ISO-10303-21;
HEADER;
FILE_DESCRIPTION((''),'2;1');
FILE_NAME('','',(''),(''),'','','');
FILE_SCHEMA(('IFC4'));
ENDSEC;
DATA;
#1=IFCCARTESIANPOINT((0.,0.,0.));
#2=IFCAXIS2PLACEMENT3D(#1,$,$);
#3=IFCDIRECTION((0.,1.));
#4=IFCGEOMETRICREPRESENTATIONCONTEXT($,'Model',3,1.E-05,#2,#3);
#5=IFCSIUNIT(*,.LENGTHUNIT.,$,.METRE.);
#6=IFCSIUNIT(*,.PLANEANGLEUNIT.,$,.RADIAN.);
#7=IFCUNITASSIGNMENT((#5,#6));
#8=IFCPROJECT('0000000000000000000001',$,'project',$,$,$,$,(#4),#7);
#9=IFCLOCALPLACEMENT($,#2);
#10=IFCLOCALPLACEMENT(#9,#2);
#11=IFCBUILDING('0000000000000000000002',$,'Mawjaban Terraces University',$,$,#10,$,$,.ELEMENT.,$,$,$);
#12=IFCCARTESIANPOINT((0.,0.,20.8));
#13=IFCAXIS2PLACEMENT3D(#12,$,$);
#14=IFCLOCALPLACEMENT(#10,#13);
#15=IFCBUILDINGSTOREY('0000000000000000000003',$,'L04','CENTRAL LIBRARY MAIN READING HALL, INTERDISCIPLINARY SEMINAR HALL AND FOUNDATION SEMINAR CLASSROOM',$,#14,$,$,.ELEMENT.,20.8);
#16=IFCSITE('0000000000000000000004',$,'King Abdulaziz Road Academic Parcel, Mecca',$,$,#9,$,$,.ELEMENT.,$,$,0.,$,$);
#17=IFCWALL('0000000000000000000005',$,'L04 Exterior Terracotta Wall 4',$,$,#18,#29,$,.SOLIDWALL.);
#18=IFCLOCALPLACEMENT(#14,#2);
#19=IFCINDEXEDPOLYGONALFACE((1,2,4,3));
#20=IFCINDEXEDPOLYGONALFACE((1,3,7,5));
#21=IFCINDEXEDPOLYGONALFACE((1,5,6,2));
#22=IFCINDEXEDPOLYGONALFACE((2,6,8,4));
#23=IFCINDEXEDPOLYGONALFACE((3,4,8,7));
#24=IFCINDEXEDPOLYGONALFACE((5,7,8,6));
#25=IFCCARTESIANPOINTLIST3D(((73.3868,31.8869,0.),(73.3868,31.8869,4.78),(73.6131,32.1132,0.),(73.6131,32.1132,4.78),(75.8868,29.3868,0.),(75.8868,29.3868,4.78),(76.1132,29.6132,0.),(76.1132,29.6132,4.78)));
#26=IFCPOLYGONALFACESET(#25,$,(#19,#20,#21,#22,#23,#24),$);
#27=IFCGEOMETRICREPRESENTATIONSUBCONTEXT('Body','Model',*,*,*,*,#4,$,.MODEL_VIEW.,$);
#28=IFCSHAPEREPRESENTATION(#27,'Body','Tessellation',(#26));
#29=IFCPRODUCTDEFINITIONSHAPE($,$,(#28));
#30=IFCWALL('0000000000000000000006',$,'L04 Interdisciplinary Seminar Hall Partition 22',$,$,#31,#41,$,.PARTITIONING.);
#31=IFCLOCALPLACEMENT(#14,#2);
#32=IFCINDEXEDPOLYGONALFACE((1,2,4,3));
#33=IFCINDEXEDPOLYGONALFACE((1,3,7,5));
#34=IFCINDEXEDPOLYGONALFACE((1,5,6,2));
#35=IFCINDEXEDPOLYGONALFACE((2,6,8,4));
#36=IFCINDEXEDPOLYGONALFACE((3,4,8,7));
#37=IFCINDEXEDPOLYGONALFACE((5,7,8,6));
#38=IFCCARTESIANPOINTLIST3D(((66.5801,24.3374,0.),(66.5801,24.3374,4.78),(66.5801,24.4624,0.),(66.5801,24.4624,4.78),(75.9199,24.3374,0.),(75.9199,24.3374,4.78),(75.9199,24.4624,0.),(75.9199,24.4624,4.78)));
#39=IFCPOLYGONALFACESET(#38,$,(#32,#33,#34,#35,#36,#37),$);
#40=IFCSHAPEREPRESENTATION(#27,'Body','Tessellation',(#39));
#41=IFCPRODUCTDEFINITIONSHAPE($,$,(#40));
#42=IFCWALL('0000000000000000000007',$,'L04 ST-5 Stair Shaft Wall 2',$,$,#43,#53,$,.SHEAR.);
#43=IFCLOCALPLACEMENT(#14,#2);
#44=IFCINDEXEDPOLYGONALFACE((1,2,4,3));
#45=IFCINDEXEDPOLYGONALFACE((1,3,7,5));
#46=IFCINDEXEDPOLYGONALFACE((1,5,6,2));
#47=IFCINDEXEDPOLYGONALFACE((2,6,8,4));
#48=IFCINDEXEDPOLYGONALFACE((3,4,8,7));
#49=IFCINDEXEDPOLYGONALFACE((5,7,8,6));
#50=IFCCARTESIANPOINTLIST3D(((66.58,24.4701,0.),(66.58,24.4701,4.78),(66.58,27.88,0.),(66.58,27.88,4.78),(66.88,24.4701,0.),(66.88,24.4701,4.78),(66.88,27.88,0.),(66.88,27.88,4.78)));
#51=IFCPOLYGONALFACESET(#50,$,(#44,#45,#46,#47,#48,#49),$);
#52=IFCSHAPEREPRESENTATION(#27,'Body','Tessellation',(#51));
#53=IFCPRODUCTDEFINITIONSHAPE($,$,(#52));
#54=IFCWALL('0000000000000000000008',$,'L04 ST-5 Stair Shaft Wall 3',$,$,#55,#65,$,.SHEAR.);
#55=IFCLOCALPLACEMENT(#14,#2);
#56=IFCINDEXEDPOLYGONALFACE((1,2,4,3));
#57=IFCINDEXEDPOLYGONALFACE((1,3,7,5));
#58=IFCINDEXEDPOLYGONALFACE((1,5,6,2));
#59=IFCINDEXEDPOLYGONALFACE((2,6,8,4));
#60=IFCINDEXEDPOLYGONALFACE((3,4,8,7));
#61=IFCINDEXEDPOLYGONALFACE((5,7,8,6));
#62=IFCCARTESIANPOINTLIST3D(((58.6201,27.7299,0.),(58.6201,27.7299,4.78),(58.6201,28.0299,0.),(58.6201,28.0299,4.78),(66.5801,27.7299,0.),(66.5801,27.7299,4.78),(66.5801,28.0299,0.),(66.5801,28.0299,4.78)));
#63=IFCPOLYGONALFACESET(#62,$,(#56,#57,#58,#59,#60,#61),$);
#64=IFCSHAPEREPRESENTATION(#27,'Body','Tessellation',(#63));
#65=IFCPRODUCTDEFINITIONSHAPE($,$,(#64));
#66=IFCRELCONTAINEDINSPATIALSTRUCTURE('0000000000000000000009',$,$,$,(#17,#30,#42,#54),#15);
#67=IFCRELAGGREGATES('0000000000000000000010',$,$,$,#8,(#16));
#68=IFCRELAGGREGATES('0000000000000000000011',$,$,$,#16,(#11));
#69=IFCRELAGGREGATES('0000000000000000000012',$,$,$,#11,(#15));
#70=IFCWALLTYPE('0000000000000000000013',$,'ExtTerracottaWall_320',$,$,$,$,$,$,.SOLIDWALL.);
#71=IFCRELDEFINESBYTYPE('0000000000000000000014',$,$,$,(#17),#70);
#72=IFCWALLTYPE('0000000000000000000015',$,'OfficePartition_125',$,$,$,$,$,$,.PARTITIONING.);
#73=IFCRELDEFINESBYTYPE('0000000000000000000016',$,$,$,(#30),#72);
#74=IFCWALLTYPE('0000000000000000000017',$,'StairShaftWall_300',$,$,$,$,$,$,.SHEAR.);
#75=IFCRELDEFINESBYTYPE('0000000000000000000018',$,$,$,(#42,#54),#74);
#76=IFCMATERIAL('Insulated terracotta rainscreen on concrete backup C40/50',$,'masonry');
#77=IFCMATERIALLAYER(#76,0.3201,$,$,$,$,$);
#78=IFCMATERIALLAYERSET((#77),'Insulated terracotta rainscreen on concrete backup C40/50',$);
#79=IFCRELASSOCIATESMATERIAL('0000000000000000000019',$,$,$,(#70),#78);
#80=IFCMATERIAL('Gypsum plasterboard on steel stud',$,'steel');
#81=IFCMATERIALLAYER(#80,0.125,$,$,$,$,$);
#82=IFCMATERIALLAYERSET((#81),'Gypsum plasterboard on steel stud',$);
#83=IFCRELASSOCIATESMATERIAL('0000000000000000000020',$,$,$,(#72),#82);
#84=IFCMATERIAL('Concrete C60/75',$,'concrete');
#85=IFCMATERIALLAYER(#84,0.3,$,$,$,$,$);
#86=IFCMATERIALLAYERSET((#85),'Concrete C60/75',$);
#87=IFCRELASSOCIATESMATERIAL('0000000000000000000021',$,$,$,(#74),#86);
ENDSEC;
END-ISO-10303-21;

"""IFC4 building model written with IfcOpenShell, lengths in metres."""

from ifc_helpers import new_model, si_unit, direction, frame, frame_2d, origin, place, context, subcontext, project, spatial, rectangle, extrude, material, layer, layer_set, type_object, element, save


model = new_model("IFC4")

# Units and contexts
model_context = context("Model", 3, precision=1e-05, world=origin(), true_north=direction((0.0, 1.0)))
body_context = subcontext(model_context, "Body", "Model", "MODEL_VIEW")
ifc_project = project(units=[si_unit("LENGTHUNIT", "METRE"), si_unit("PLANEANGLEUNIT", "RADIAN")], contexts=[model_context])

# Site, building, storey
site_placement = place(None, origin())
site = spatial("IfcSite", under=ifc_project, at=site_placement, Name="King Abdulaziz Road Academic Parcel, Mecca", CompositionType="ELEMENT", RefElevation=0.0)
building_placement = place(site_placement, origin())
building = spatial("IfcBuilding", under=site, at=building_placement, Name="Mawjaban Terraces University", CompositionType="ELEMENT")
storey_placement = place(building_placement, frame((0.0, 0.0, 20.8)))
storey = spatial("IfcBuildingStorey", under=building, at=storey_placement, Name="L04", Description="CENTRAL LIBRARY MAIN READING HALL, INTERDISCIPLINARY SEMINAR HALL AND FOUNDATION SEMINAR CLASSROOM", CompositionType="ELEMENT", Elevation=20.8)

# Walls
ifc_material_1 = material(Name="Insulated terracotta rainscreen on concrete backup C40/50", Category="masonry")
ifc_layer_1 = layer(ifc_material_1, 0.3201)
ifc_layer_set_1 = layer_set([ifc_layer_1], Name="Insulated terracotta rainscreen on concrete backup C40/50")
wall_type_1 = type_object("IfcWallType", Name="ExtTerracottaWall_320", PredefinedType="SOLIDWALL", material=ifc_layer_set_1)
wall_1_placement = place(storey_placement, frame((76.0, 29.5, 0.0), z_axis=(0.0, 0.0, 1.0), x_axis=(-0.707107, 0.707107, 0.0)))
element("IfcWall", 1, at=wall_1_placement, inside=storey, type_object=wall_type_1, Name="L04 Exterior Terracotta Wall 4", PredefinedType="SOLIDWALL", context=body_context, shape_type="SweptSolid", body=[
    extrude(rectangle(XDim=3.5356, YDim=0.3201, at=frame_2d((1.7678, 0.0))), origin(), (0.0, 0.0, 1.0), 4.78),
])
ifc_material_2 = material(Name="Gypsum plasterboard on steel stud", Category="steel")
ifc_layer_2 = layer(ifc_material_2, 0.125)
ifc_layer_set_2 = layer_set([ifc_layer_2], Name="Gypsum plasterboard on steel stud")
wall_type_2 = type_object("IfcWallType", Name="OfficePartition_125", PredefinedType="PARTITIONING", material=ifc_layer_set_2)
wall_2_placement = place(storey_placement, frame((75.9199, 24.3999, 0.0), z_axis=(0.0, 0.0, 1.0), x_axis=(-1.0, 0.0, 0.0)))
element("IfcWall", 2, at=wall_2_placement, inside=storey, type_object=wall_type_2, Name="L04 Interdisciplinary Seminar Hall Partition 22", PredefinedType="PARTITIONING", context=body_context, shape_type="SweptSolid", body=[
    extrude(rectangle(XDim=9.3398, YDim=0.125, at=frame_2d((4.6699, 0.0))), origin(), (0.0, 0.0, 1.0), 4.78),
])
ifc_material_3 = material(Name="Concrete C60/75", Category="concrete")
ifc_layer_3 = layer(ifc_material_3, 0.3)
ifc_layer_set_3 = layer_set([ifc_layer_3], Name="Concrete C60/75")
wall_type_3 = type_object("IfcWallType", Name="StairShaftWall_300", PredefinedType="SHEAR", material=ifc_layer_set_3)
wall_3_placement = place(storey_placement, frame((66.73, 24.47, 0.0), z_axis=(0.0, 0.0, 1.0), x_axis=(0.0, 1.0, 0.0)))
element("IfcWall", 3, at=wall_3_placement, inside=storey, type_object=wall_type_3, Name="L04 ST-5 Stair Shaft Wall 2", PredefinedType="SHEAR", context=body_context, shape_type="SweptSolid", body=[
    extrude(rectangle(XDim=3.4099, YDim=0.3, at=frame_2d((1.7051, 0.0))), origin(), (0.0, 0.0, 1.0), 4.78),
])
wall_4_placement = place(storey_placement, frame((66.5801, 27.8799, 0.0), z_axis=(0.0, 0.0, 1.0), x_axis=(-1.0, 0.0, 0.0)))
element("IfcWall", 4, at=wall_4_placement, inside=storey, type_object=wall_type_3, Name="L04 ST-5 Stair Shaft Wall 3", PredefinedType="SHEAR", context=body_context, shape_type="SweptSolid", body=[
    extrude(rectangle(XDim=7.96, YDim=0.3, at=frame_2d((3.98, 0.0))), origin(), (0.0, 0.0, 1.0), 4.78),
])

save(model, "model.ifc")
